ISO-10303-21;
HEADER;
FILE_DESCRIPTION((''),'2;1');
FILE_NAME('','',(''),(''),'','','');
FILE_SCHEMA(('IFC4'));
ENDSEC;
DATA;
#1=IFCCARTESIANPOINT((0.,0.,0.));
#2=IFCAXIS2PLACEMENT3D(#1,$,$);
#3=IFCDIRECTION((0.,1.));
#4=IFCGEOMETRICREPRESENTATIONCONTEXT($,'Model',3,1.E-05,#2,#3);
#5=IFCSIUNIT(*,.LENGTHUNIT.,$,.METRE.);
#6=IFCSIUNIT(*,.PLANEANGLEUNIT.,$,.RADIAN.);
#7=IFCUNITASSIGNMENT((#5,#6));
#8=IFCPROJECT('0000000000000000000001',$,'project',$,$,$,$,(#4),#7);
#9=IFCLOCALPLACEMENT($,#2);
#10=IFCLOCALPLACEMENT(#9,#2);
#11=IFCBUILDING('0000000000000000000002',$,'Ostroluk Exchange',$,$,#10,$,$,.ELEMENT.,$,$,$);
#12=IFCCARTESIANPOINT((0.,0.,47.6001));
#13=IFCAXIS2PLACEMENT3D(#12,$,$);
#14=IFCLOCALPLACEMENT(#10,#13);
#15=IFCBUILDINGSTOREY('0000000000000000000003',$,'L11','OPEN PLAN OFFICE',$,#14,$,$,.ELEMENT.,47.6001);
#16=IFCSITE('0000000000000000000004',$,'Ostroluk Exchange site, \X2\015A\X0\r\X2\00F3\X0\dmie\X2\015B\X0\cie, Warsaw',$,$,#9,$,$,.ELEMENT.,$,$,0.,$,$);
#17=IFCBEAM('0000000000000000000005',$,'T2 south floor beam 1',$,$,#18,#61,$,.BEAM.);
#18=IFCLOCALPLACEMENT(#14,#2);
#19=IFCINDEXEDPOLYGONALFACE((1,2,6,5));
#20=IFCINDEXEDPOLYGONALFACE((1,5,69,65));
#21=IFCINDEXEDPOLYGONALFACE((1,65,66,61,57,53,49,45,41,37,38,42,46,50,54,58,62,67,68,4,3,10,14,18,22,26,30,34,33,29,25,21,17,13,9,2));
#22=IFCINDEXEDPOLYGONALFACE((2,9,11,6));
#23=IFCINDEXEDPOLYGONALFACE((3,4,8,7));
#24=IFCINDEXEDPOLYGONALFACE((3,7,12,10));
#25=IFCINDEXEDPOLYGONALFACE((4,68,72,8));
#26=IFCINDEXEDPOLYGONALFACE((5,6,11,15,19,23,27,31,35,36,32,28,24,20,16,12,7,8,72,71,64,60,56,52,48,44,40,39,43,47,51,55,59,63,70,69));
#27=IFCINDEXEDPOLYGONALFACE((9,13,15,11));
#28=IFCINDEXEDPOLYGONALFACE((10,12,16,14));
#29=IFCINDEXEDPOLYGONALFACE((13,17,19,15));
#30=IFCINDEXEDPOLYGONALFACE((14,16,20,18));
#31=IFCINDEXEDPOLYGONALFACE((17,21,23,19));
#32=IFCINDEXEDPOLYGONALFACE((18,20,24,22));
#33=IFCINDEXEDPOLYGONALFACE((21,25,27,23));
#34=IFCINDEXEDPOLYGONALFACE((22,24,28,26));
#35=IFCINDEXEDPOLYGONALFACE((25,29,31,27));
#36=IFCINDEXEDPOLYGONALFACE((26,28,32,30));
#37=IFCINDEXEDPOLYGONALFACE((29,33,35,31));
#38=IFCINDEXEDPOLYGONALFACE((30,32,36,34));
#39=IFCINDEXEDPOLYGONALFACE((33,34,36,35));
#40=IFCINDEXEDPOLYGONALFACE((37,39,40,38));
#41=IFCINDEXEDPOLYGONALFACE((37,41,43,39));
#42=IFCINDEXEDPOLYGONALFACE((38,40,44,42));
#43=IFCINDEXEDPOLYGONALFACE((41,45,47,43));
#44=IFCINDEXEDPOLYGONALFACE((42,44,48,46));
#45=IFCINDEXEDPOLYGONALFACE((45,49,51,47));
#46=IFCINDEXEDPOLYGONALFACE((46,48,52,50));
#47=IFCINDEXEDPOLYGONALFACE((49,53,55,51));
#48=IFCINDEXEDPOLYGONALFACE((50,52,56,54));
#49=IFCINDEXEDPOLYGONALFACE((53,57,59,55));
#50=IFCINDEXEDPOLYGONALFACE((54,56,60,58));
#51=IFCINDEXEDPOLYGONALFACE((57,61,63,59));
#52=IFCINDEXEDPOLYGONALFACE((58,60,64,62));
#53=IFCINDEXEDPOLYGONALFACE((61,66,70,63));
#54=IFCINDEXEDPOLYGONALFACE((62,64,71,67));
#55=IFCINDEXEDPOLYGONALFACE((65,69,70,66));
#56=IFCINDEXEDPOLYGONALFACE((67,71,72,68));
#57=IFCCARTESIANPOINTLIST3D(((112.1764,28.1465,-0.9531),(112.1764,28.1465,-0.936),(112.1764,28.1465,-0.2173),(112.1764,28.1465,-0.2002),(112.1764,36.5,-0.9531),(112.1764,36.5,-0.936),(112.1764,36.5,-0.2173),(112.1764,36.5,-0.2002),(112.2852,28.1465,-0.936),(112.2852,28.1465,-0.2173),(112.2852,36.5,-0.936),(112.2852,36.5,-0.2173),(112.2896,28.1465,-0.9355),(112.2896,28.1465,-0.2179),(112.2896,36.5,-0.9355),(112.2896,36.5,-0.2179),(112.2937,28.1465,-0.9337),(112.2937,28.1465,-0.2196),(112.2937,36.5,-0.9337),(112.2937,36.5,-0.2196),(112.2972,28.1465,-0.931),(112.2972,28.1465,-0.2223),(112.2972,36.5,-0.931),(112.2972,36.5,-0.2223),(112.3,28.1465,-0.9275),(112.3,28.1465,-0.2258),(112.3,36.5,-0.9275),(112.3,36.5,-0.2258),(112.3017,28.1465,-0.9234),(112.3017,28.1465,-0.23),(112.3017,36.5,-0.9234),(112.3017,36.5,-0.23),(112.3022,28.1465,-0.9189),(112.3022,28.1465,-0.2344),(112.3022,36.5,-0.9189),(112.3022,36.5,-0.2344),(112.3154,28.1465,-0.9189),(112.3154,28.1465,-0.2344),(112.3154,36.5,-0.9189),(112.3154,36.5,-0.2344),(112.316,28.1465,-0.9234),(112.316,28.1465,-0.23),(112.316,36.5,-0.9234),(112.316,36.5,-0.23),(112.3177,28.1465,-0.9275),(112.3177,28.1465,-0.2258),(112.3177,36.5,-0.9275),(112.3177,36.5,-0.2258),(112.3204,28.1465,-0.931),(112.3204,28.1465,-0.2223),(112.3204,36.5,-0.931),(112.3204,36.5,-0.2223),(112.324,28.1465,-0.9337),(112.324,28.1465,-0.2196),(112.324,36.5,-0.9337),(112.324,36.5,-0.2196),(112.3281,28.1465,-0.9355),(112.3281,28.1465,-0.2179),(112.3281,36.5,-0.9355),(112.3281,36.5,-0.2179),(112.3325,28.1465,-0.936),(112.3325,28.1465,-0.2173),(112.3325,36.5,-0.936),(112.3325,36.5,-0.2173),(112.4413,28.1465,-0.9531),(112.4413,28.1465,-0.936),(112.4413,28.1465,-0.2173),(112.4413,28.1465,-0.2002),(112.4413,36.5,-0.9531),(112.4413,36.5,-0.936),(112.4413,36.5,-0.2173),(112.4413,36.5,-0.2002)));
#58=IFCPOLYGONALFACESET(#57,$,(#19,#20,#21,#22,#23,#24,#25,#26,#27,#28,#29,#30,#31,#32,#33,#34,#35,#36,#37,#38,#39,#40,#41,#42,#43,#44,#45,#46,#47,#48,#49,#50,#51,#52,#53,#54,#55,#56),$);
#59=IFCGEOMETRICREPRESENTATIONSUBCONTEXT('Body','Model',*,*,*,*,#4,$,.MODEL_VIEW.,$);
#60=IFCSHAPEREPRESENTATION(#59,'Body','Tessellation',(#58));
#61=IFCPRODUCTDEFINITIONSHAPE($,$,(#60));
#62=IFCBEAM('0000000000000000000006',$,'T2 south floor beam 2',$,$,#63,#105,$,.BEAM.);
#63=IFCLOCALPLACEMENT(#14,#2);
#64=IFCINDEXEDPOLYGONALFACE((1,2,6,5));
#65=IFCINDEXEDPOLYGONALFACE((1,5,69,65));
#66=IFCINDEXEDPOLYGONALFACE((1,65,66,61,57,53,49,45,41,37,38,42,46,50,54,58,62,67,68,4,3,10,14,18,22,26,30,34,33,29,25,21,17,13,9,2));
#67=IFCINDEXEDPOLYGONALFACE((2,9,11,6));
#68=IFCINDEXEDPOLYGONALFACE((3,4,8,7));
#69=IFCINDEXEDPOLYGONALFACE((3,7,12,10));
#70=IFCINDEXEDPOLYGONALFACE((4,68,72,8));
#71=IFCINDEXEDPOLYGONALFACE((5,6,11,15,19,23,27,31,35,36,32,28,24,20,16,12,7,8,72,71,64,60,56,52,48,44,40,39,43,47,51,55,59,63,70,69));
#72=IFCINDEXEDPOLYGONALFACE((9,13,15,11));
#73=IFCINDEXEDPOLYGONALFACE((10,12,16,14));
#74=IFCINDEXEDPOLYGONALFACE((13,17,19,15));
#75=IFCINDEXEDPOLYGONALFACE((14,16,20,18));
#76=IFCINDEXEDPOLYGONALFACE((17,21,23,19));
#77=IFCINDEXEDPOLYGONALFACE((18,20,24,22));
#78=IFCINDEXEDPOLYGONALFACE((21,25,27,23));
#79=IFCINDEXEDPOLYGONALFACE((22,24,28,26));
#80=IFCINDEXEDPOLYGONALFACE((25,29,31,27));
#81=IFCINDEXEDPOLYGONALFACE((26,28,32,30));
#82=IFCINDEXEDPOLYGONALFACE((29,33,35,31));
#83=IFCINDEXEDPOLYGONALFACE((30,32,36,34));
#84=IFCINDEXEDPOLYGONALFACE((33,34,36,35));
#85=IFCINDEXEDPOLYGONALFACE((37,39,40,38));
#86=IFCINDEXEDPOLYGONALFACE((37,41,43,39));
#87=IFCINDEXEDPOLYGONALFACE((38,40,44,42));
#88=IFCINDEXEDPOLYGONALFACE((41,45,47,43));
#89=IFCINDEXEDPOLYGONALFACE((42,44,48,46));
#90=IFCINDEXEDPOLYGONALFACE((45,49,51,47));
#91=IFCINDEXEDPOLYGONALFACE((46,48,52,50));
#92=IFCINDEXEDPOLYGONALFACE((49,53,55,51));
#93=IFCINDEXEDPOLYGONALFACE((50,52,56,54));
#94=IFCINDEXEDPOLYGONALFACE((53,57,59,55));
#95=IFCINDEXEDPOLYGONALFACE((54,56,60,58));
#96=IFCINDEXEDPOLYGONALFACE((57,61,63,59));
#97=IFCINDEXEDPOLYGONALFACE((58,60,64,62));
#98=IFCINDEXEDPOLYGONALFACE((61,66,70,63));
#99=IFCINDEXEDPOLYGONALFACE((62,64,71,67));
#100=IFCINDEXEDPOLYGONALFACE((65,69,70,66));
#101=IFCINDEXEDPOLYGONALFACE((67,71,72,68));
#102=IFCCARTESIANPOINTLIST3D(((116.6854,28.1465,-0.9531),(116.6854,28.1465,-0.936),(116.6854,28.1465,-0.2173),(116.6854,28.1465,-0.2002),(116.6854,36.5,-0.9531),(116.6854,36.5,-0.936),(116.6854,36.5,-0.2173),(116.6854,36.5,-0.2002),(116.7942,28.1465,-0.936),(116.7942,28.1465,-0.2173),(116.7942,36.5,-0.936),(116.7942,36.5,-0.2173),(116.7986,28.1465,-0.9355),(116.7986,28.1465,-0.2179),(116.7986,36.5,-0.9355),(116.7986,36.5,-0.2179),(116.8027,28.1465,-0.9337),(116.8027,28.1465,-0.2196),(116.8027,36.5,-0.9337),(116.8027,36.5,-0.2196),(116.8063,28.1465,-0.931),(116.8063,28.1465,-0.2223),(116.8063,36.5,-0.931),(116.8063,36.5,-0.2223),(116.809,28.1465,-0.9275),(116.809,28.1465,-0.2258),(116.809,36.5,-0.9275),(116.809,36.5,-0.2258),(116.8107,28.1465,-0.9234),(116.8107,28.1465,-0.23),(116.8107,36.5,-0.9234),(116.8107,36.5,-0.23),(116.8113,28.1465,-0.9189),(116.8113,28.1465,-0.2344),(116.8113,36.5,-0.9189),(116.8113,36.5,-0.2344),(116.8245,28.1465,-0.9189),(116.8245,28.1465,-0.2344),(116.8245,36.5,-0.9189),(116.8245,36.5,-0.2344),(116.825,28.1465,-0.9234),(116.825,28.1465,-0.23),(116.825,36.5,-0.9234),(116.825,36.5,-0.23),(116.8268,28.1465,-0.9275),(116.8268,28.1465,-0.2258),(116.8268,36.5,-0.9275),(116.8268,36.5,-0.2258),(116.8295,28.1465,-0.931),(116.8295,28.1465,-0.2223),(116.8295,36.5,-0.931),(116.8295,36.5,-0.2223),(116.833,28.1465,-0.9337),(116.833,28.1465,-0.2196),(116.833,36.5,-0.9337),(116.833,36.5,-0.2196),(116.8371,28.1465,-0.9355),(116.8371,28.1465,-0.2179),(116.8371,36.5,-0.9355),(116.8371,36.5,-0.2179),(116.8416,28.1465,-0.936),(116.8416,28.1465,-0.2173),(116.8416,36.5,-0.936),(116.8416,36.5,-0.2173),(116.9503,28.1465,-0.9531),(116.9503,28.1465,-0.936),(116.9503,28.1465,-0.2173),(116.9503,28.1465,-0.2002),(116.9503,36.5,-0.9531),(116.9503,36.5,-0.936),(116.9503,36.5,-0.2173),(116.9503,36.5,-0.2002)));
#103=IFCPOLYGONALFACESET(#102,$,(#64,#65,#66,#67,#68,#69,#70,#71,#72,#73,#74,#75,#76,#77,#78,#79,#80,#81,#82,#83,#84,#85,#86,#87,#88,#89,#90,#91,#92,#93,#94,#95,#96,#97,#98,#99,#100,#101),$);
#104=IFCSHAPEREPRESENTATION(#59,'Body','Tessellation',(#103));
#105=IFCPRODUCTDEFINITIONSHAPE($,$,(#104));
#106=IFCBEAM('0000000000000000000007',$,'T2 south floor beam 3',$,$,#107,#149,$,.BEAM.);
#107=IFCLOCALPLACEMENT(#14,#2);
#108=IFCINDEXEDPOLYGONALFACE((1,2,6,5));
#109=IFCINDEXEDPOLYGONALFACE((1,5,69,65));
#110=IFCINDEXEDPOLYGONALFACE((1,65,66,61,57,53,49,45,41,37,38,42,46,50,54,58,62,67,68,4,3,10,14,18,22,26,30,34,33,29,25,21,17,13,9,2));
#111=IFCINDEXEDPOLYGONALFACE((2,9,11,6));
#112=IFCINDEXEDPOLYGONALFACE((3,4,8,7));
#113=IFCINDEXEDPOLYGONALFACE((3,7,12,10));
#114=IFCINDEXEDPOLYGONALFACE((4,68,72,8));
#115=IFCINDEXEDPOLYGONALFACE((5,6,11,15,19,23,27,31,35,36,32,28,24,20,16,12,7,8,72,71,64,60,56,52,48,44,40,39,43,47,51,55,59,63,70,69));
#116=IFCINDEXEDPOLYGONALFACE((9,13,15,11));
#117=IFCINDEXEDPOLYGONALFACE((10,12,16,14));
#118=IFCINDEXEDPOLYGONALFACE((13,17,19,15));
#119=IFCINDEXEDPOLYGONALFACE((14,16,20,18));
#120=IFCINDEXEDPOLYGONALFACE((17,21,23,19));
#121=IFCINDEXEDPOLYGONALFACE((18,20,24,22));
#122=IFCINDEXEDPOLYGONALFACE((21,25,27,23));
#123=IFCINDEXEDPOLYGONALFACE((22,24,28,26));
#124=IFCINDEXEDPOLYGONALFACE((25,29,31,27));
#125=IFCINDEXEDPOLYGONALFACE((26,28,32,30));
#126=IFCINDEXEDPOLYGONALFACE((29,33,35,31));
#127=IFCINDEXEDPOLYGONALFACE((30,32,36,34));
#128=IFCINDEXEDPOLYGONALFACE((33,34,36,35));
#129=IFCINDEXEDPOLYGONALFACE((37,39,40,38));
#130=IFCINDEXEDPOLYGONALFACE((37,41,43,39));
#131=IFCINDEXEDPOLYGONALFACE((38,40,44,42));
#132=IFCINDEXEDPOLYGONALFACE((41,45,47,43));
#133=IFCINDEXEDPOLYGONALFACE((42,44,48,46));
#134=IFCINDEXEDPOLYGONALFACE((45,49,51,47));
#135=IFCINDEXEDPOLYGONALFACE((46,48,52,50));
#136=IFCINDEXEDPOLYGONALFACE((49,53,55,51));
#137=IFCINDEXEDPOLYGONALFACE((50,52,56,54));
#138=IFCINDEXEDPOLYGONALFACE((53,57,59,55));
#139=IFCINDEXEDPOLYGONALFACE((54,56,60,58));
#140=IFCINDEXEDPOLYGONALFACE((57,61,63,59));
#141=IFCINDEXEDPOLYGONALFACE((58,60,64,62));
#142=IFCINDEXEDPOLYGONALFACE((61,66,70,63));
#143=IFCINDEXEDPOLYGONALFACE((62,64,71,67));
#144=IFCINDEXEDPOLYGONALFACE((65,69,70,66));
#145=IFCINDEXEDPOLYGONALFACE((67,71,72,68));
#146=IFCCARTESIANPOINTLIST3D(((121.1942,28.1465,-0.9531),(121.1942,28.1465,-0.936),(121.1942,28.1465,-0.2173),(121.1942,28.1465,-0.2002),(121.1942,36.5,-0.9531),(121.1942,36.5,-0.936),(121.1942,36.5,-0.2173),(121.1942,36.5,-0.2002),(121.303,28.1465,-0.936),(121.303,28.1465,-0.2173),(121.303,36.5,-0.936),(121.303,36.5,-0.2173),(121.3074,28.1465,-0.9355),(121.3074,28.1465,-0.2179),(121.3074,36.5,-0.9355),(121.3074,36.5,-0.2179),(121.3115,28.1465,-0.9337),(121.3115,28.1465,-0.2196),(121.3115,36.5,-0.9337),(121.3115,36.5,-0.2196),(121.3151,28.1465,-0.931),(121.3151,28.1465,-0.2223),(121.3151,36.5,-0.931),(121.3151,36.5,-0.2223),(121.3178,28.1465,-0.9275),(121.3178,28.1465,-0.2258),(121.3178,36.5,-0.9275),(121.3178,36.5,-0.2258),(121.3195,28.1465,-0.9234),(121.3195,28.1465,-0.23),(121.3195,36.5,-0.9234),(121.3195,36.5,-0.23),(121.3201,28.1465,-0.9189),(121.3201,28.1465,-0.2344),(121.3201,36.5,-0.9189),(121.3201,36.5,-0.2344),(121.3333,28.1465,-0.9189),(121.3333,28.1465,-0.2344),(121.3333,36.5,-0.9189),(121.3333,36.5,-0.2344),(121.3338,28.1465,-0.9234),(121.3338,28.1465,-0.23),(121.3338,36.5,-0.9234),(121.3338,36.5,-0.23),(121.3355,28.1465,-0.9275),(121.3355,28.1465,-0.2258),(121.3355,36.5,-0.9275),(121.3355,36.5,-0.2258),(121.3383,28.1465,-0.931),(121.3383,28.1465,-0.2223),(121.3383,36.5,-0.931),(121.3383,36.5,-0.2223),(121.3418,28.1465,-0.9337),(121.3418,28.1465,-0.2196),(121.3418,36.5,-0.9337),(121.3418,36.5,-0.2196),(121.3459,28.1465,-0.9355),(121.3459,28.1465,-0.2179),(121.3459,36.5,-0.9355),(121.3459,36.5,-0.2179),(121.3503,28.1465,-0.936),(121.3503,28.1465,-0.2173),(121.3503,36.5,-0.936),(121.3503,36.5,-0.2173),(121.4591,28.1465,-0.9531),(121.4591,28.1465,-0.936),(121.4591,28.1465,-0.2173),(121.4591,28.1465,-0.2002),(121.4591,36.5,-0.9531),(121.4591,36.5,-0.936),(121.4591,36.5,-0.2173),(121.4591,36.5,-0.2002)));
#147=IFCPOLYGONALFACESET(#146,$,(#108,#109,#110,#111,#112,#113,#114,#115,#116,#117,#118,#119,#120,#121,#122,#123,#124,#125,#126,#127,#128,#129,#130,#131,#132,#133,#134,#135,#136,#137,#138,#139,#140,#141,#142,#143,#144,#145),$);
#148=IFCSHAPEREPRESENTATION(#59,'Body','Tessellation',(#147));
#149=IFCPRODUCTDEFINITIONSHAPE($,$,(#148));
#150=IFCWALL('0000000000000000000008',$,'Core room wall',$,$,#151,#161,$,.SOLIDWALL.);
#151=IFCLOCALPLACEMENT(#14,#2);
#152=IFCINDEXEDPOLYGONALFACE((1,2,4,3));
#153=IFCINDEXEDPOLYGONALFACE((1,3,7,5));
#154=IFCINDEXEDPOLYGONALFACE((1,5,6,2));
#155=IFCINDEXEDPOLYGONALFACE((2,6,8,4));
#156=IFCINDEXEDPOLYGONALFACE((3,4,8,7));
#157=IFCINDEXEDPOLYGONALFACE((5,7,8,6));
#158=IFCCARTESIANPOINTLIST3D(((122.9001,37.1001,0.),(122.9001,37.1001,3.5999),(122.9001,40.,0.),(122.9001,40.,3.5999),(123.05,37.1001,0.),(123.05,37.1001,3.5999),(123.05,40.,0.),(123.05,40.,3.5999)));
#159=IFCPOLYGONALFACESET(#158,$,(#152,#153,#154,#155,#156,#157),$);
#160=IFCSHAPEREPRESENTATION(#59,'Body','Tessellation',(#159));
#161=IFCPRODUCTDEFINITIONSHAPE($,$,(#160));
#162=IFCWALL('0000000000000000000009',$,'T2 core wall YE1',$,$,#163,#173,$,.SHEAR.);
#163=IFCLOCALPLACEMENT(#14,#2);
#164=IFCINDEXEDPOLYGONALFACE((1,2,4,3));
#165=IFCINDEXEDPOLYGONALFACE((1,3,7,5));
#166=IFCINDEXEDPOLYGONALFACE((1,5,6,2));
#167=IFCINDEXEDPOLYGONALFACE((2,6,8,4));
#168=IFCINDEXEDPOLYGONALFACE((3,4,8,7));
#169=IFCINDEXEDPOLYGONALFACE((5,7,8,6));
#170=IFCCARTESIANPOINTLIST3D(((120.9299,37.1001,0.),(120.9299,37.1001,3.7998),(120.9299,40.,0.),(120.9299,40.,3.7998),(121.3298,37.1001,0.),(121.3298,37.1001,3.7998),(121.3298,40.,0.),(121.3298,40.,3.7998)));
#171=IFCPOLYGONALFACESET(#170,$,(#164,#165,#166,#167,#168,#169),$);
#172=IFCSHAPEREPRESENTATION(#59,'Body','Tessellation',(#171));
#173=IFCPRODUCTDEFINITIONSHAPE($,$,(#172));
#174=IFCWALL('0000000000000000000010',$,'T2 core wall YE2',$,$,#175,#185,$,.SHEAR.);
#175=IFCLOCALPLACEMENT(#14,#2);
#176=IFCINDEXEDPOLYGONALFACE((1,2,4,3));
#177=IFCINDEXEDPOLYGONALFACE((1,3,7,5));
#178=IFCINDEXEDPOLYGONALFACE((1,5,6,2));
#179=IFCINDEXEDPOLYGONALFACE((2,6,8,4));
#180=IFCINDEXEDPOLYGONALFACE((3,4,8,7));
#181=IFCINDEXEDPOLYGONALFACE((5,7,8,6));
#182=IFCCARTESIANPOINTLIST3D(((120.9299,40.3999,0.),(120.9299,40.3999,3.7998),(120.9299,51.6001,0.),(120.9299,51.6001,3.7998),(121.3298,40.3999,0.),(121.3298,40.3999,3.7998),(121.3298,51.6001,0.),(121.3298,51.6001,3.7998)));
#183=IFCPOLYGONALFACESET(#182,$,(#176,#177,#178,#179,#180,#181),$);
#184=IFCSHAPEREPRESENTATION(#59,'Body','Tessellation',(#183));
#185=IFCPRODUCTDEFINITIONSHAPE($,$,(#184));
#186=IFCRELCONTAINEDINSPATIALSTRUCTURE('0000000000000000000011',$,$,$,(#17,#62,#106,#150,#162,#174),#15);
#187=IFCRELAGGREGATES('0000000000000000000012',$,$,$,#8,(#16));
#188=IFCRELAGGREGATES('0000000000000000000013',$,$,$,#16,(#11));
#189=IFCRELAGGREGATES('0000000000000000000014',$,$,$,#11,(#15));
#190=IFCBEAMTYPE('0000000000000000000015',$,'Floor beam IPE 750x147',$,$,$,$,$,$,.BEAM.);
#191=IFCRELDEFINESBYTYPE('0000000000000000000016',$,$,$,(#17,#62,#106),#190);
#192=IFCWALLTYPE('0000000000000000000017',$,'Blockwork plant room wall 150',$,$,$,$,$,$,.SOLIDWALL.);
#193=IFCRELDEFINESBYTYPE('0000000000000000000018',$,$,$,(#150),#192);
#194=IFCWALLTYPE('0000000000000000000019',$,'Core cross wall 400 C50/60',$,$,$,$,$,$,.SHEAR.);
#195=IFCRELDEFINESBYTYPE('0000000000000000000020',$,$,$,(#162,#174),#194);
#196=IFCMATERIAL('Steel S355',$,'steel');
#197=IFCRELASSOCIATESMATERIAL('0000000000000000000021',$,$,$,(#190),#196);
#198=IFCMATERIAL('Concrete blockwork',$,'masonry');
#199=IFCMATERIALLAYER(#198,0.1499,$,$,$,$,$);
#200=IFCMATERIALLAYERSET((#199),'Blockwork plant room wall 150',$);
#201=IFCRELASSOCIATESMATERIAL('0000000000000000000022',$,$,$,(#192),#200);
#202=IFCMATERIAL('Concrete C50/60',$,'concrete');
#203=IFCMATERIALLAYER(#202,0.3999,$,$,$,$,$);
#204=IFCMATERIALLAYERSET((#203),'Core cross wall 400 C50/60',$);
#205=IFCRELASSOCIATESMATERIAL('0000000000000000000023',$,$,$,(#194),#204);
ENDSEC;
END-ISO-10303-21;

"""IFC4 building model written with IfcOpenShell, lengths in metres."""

from ifc_helpers import new_model, si_unit, direction, frame, frame_2d, origin, origin_2d, place, context, subcontext, project, spatial, rectangle, i_section, extrude, material, layer, layer_set, material_profile, profile_set, type_object, element, save


model = new_model("IFC4")

# Units and contexts
model_context = context("Model", 3, precision=1e-05, world=origin(), true_north=direction((0.0, 1.0)))
body_context = subcontext(model_context, "Body", "Model", "MODEL_VIEW")
ifc_project = project(units=[si_unit("LENGTHUNIT", "METRE"), si_unit("PLANEANGLEUNIT", "RADIAN")], contexts=[model_context])

# Site, building, storey
site_placement = place(None, origin())
site = spatial("IfcSite", under=ifc_project, at=site_placement, Name="Ostroluk Exchange site, Śródmieście, Warsaw", CompositionType="ELEMENT", RefElevation=0.0)
building_placement = place(site_placement, origin())
building = spatial("IfcBuilding", under=site, at=building_placement, Name="Ostroluk Exchange", CompositionType="ELEMENT")
storey_placement = place(building_placement, frame((0.0, 0.0, 47.6001)))
storey = spatial("IfcBuildingStorey", under=building, at=storey_placement, Name="L11", Description="OPEN PLAN OFFICE", CompositionType="ELEMENT", Elevation=47.6001)

# Beams
ifc_material_1 = material(Name="Steel S355", Category="steel")
ifc_material_profile = material_profile(ifc_material_1, i_section(OverallWidth=0.2649, OverallDepth=0.7529, WebThickness=0.0132, FlangeThickness=0.0171, FilletRadius=0.0171, at=origin_2d()), Name="IPE 750x147")
ifc_profile_set = profile_set([ifc_material_profile], Name="Steel S355")
beam_type = type_object("IfcBeamType", Name="Floor beam IPE 750x147", PredefinedType="BEAM", material=ifc_profile_set)
for number, where, z_axis, x_axis, name in (
    (1, (112.3088, 36.5, -0.5767), (0.0, -1.0, 0.0), (1.0, 0.0, 0.0), "T2 south floor beam 1"),
    (2, (116.8179, 36.5, -0.5767), (0.0, -1.0, 0.0), (1.0, 0.0, 0.0), "T2 south floor beam 2"),
    (3, (121.3267, 36.5, -0.5767), (0.0, -1.0, 0.0), (1.0, 0.0, 0.0), "T2 south floor beam 3"),
):
    element("IfcBeam", number, at=place(storey_placement, frame(where, z_axis=z_axis, x_axis=x_axis)), inside=storey, type_object=beam_type, Name=name, PredefinedType="BEAM", context=body_context, shape_type="SweptSolid", body=[
        extrude(i_section(OverallWidth=0.2649, OverallDepth=0.7529, WebThickness=0.0132, FlangeThickness=0.0171, FilletRadius=0.0171, at=origin_2d()), origin(), (0.0, 0.0, 1.0), 8.3535),
    ])

# Walls
ifc_material_2 = material(Name="Concrete blockwork", Category="masonry")
ifc_layer_1 = layer(ifc_material_2, 0.1499)
ifc_layer_set_1 = layer_set([ifc_layer_1], Name="Blockwork plant room wall 150")
wall_type_1 = type_object("IfcWallType", Name="Blockwork plant room wall 150", PredefinedType="SOLIDWALL", material=ifc_layer_set_1)
wall_1_placement = place(storey_placement, frame((122.9751, 37.1001, 0.0), z_axis=(0.0, 0.0, 1.0), x_axis=(0.0, 1.0, 0.0)))
element("IfcWall", 4, at=wall_1_placement, inside=storey, type_object=wall_type_1, Name="Core room wall", PredefinedType="SOLIDWALL", context=body_context, shape_type="SweptSolid", body=[
    extrude(rectangle(XDim=2.8999, YDim=0.1499, at=frame_2d((1.45, 0.0))), origin(), (0.0, 0.0, 1.0), 3.5999),
])
ifc_material_3 = material(Name="Concrete C50/60", Category="concrete")
ifc_layer_2 = layer(ifc_material_3, 0.3999)
ifc_layer_set_2 = layer_set([ifc_layer_2], Name="Core cross wall 400 C50/60")
wall_type_2 = type_object("IfcWallType", Name="Core cross wall 400 C50/60", PredefinedType="SHEAR", material=ifc_layer_set_2)
wall_2_placement = place(storey_placement, frame((121.1299, 37.1001, 0.0), z_axis=(0.0, 0.0, 1.0), x_axis=(0.0, 1.0, 0.0)))
element("IfcWall", 5, at=wall_2_placement, inside=storey, type_object=wall_type_2, Name="T2 core wall YE1", PredefinedType="SHEAR", context=body_context, shape_type="SweptSolid", body=[
    extrude(rectangle(XDim=2.8999, YDim=0.3999, at=frame_2d((1.45, 0.0))), origin(), (0.0, 0.0, 1.0), 3.7998),
])
wall_3_placement = place(storey_placement, frame((121.1299, 40.3999, 0.0), z_axis=(0.0, 0.0, 1.0), x_axis=(0.0, 1.0, 0.0)))
element("IfcWall", 6, at=wall_3_placement, inside=storey, type_object=wall_type_2, Name="T2 core wall YE2", PredefinedType="SHEAR", context=body_context, shape_type="SweptSolid", body=[
    extrude(rectangle(XDim=11.2002, YDim=0.3999, at=frame_2d((5.6001, 0.0))), origin(), (0.0, 0.0, 1.0), 3.7998),
])

save(model, "model.ifc")
